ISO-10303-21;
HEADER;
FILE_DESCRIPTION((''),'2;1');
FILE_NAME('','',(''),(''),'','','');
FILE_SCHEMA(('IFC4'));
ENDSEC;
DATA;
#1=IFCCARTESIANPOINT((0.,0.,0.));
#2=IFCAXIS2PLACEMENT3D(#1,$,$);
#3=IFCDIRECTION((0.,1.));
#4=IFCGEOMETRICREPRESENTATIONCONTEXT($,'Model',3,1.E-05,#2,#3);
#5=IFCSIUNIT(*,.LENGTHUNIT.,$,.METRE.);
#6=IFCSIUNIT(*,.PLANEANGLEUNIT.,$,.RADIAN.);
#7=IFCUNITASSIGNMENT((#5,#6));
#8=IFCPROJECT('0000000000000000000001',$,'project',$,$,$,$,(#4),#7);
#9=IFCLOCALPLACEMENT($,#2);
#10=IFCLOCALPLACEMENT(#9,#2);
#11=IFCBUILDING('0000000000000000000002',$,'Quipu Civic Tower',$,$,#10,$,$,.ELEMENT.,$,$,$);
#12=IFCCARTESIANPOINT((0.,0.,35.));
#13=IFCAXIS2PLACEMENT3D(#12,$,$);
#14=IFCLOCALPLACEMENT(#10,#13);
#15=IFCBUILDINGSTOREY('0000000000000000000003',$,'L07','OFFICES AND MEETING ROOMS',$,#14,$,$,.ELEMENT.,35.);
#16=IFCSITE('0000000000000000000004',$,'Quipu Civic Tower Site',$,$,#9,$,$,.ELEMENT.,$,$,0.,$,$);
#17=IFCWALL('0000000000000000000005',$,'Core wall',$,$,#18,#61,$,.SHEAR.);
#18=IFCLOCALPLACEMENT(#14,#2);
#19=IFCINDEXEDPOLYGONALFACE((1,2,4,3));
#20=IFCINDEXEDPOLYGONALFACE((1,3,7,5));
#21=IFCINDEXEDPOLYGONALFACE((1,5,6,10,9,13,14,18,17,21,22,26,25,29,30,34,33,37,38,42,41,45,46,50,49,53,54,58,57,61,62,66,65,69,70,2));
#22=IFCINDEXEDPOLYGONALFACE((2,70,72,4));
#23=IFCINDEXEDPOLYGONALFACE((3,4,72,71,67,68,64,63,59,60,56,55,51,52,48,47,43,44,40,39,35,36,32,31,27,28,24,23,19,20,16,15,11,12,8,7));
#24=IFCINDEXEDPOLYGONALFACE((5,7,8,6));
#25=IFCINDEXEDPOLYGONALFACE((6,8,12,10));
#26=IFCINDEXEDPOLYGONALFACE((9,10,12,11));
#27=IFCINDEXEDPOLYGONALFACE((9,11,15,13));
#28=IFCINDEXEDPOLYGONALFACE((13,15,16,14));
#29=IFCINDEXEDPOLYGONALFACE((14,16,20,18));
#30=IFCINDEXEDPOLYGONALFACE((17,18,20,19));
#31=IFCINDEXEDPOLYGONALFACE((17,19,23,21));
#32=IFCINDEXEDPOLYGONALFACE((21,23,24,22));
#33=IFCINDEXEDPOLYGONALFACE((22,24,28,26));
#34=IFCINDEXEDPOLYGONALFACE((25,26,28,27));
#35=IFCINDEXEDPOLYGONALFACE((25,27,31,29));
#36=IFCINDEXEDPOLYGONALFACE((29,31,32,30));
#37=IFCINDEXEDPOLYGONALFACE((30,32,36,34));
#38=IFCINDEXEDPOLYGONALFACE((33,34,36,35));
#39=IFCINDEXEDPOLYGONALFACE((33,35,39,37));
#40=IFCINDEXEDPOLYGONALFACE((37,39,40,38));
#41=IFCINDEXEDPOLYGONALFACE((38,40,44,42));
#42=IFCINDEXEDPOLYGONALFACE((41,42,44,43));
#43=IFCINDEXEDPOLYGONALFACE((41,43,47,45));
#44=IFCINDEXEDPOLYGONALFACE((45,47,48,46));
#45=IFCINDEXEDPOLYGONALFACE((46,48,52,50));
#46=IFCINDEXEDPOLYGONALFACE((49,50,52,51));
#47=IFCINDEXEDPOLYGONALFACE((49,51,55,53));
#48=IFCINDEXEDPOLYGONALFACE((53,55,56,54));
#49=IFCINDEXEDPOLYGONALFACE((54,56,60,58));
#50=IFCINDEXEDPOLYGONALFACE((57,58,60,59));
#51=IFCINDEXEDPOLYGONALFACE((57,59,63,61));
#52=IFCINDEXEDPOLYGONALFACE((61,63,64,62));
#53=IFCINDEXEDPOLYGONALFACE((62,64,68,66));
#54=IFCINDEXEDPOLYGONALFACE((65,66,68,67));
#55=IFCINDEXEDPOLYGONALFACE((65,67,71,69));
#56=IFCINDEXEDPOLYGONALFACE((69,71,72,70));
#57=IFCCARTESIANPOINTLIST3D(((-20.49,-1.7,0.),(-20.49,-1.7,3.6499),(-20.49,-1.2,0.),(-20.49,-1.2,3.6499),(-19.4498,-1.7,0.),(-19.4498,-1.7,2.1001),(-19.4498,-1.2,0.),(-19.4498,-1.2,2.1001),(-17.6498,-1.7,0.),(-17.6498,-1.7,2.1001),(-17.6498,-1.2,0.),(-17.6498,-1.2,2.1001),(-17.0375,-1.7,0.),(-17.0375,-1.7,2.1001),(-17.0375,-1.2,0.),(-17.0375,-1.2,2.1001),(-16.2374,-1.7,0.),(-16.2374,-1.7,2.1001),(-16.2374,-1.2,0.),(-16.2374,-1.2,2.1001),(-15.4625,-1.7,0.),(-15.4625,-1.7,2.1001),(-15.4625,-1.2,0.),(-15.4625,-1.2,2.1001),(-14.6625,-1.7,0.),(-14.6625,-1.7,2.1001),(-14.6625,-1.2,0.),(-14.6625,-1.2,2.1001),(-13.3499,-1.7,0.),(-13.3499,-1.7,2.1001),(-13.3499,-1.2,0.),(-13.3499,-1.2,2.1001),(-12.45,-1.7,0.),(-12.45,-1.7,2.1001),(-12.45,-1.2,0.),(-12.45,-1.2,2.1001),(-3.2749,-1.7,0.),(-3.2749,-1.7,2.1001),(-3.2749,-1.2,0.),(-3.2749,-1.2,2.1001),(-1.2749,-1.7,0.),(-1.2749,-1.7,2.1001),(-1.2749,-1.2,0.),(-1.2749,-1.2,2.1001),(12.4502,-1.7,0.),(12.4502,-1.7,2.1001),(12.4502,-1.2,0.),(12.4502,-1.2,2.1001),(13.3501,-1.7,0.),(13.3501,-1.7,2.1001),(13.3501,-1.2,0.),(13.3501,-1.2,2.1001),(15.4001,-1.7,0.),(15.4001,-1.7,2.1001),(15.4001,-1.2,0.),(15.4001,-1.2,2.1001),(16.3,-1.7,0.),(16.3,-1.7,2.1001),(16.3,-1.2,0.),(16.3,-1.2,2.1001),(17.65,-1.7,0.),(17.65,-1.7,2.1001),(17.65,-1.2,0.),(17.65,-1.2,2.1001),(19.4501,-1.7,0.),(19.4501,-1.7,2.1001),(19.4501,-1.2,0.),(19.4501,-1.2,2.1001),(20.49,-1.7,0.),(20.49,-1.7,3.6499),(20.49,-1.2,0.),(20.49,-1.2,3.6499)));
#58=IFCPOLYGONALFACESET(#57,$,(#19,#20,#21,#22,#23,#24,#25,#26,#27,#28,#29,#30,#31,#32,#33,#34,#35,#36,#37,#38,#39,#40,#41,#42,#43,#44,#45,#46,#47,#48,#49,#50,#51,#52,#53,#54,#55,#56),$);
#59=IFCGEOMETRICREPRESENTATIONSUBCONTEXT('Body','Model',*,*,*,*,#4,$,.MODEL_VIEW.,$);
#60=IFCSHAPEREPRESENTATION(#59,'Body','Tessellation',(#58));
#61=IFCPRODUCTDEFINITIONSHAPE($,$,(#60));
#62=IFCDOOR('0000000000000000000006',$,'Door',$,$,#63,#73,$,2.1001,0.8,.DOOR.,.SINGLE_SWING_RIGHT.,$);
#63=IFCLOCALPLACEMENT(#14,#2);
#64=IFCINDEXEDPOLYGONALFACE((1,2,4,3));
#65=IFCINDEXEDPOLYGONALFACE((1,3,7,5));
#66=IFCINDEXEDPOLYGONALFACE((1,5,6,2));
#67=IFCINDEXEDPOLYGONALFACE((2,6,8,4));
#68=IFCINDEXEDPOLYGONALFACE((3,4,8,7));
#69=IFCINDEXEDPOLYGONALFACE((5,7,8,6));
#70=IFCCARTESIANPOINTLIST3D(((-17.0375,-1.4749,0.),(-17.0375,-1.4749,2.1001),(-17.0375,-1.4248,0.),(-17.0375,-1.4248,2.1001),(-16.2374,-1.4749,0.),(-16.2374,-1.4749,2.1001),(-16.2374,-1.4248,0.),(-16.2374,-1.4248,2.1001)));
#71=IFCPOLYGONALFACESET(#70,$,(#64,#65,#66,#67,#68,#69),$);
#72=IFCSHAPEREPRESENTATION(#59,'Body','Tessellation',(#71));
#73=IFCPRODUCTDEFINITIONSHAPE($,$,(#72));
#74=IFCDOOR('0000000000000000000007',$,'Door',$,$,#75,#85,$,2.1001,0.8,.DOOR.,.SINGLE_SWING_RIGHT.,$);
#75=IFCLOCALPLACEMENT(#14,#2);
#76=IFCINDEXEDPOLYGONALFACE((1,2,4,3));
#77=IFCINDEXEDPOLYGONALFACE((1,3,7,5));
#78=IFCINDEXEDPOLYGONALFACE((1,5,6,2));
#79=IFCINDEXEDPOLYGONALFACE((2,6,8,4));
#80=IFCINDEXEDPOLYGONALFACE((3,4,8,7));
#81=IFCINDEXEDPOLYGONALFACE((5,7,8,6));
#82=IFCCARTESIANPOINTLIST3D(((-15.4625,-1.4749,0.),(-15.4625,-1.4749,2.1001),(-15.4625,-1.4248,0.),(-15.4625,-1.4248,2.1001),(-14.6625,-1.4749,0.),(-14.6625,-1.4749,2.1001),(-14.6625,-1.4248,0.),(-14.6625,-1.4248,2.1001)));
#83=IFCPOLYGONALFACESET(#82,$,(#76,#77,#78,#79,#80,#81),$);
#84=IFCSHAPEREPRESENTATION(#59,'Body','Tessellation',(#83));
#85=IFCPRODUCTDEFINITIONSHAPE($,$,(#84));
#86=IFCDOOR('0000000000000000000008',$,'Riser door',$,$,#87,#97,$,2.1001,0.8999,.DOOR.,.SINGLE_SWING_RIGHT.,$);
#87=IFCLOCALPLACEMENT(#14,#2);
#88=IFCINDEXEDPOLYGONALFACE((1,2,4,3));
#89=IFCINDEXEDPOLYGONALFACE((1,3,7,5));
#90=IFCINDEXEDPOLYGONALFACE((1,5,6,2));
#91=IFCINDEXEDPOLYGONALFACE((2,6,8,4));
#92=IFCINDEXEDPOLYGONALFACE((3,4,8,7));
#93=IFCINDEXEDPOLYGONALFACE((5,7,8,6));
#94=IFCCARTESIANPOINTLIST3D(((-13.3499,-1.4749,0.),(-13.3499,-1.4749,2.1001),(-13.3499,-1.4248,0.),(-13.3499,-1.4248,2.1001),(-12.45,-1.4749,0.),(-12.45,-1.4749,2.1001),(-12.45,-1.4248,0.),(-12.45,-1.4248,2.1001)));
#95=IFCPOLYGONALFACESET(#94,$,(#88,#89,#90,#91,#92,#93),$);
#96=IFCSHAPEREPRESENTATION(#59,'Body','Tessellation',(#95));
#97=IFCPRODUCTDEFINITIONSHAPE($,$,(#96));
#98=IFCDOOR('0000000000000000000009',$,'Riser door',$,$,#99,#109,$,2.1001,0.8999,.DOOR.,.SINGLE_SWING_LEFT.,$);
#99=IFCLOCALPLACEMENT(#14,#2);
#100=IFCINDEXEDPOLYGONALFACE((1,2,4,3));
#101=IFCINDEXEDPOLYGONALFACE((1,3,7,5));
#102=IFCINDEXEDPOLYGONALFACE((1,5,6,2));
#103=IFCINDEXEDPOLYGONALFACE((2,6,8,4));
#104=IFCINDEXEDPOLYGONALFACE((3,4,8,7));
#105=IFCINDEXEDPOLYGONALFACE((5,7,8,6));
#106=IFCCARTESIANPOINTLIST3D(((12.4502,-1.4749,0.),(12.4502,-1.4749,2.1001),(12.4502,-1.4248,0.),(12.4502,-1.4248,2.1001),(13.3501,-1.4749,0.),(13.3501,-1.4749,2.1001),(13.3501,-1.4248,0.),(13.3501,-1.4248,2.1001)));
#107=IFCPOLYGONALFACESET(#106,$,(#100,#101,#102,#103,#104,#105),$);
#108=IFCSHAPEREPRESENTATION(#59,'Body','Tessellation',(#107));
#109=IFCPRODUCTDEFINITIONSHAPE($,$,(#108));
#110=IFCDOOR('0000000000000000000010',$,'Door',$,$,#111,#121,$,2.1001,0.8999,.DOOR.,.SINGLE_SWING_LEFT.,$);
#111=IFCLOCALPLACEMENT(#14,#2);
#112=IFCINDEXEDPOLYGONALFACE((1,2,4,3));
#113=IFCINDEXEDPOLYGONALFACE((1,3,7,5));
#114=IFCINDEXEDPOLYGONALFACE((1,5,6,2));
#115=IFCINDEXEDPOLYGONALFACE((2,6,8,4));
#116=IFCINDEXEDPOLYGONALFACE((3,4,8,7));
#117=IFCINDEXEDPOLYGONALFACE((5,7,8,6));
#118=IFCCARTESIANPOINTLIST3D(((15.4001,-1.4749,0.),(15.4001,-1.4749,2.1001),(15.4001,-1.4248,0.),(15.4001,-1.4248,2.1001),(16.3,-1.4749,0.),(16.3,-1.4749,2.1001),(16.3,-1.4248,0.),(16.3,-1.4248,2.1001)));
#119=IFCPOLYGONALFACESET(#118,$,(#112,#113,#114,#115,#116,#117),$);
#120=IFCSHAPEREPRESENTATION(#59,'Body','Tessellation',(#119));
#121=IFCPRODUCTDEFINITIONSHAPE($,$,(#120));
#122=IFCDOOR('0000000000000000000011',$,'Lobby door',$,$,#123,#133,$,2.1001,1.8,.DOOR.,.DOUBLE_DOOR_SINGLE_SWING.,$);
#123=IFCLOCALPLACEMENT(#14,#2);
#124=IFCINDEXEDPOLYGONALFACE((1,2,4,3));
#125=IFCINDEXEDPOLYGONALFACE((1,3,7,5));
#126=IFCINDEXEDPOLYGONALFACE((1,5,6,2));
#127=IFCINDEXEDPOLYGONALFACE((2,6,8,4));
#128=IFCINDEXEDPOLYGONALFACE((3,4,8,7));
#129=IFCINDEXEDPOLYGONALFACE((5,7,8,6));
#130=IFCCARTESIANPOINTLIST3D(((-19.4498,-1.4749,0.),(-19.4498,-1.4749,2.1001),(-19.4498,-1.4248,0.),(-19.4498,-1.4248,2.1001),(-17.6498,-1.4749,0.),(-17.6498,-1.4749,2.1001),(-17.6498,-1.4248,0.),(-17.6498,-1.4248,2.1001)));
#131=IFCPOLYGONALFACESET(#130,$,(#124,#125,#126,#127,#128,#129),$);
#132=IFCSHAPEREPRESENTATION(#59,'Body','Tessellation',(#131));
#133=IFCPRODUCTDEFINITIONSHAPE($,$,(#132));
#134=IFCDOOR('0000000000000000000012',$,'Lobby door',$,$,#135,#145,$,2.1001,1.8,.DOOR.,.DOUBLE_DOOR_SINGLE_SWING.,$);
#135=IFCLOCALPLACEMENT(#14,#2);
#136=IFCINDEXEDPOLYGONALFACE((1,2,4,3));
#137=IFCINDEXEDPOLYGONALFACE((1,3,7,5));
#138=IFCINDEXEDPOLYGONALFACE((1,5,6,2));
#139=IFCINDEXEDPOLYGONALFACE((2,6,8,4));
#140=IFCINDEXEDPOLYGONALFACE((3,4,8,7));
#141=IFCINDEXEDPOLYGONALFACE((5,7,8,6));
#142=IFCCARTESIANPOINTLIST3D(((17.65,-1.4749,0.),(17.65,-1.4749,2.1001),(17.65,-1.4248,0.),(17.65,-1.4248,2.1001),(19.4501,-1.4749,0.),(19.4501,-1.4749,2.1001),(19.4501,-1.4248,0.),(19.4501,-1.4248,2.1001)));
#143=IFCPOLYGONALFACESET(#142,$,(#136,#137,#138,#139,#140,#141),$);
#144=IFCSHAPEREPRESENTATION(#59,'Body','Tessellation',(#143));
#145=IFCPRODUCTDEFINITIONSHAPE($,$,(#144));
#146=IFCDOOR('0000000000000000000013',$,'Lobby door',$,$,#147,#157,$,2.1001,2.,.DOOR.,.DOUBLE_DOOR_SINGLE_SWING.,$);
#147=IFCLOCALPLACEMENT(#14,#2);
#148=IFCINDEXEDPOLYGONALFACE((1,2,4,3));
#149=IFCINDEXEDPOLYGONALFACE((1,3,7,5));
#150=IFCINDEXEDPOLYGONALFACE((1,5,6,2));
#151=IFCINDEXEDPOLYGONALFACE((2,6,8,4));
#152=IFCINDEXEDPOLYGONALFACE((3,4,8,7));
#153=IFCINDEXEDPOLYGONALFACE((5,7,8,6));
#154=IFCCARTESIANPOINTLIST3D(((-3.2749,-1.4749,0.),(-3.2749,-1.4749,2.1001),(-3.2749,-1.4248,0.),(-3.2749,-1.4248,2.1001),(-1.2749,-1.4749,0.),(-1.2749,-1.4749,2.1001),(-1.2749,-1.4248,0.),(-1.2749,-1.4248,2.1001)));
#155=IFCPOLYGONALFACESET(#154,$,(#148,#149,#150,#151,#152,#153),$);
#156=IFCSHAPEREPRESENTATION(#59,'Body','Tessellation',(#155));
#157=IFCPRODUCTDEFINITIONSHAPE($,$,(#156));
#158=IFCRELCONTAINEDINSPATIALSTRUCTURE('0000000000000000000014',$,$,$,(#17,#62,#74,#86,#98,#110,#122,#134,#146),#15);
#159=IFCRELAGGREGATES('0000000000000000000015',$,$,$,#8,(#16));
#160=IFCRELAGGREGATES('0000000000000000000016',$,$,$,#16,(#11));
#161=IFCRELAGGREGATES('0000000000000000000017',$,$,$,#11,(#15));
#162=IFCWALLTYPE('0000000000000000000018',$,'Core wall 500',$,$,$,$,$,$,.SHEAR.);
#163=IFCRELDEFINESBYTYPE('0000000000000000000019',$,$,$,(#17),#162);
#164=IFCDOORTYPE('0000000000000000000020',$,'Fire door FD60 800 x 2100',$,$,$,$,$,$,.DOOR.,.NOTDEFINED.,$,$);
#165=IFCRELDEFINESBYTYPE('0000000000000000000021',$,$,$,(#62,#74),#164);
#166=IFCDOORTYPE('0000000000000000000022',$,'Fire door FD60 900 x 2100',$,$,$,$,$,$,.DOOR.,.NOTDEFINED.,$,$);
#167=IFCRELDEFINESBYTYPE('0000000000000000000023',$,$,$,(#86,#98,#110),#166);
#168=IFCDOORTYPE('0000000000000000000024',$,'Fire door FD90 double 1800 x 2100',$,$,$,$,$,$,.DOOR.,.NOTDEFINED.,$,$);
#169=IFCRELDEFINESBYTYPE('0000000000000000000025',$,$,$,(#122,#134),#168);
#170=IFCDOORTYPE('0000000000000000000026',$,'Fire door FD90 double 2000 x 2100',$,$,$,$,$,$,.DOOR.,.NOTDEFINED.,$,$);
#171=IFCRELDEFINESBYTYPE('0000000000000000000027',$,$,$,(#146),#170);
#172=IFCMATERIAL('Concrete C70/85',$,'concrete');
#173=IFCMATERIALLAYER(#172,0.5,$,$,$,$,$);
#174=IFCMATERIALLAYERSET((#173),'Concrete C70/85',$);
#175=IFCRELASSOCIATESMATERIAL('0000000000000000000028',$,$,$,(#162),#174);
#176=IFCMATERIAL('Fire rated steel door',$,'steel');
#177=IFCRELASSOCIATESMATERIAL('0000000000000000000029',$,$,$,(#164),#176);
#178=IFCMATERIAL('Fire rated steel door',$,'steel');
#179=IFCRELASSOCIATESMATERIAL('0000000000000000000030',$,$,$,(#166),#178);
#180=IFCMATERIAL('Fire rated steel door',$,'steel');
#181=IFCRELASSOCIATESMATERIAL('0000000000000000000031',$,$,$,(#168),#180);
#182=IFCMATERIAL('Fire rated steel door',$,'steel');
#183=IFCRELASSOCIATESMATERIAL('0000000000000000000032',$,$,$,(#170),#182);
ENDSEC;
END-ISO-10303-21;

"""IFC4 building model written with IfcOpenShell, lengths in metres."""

from ifc_helpers import new_model, si_unit, direction, frame, frame_2d, origin, place, context, subcontext, project, spatial, rectangle, extrude, material, layer, layer_set, type_object, element, fill, save


model = new_model("IFC4")

# Units and contexts
model_context = context("Model", 3, precision=1e-05, world=origin(), true_north=direction((0.0, 1.0)))
body_context = subcontext(model_context, "Body", "Model", "MODEL_VIEW")
ifc_project = project(units=[si_unit("LENGTHUNIT", "METRE"), si_unit("PLANEANGLEUNIT", "RADIAN")], contexts=[model_context])

# Site, building, storey
site_placement = place(None, origin())
site = spatial("IfcSite", under=ifc_project, at=site_placement, Name="Quipu Civic Tower Site", CompositionType="ELEMENT", RefElevation=0.0)
building_placement = place(site_placement, origin())
building = spatial("IfcBuilding", under=site, at=building_placement, Name="Quipu Civic Tower", CompositionType="ELEMENT")
storey_placement = place(building_placement, frame((0.0, 0.0, 35.0)))
storey = spatial("IfcBuildingStorey", under=building, at=storey_placement, Name="L07", Description="OFFICES AND MEETING ROOMS", CompositionType="ELEMENT", Elevation=35.0)

# Wall, openings, doors
ifc_material_1 = material(Name="Concrete C70/85", Category="concrete")
ifc_layer_1 = layer(ifc_material_1, 0.5)
ifc_layer_set_1 = layer_set([ifc_layer_1], Name="Concrete C70/85")
wall_type_1 = type_object("IfcWallType", Name="Core wall 500", PredefinedType="SHEAR", material=ifc_layer_set_1)
wall_1_placement = place(storey_placement, frame((20.49, -1.45, 0.0), z_axis=(0.0, 0.0, 1.0), x_axis=(-1.0, 0.0, 0.0)))
wall_1 = element("IfcWall", 1, at=wall_1_placement, inside=storey, type_object=wall_type_1, Name="Core wall", PredefinedType="SHEAR", context=body_context, shape_type="SweptSolid", body=[
    extrude(rectangle(XDim=40.98, YDim=0.5, at=frame_2d((20.49, 0.0))), origin(), (0.0, 0.0, 1.0), 3.6499),
])
opening_1_placement = place(wall_1_placement, frame((38.1399, 0.0, 0.0)))
opening_1 = element("IfcOpeningElement", 2, at=opening_1_placement, cuts=wall_1, PredefinedType="OPENING", context=body_context, shape_type="SweptSolid", body=[
    extrude(rectangle(XDim=1.8, YDim=2.1001, at=frame_2d((0.8999, 1.05))), frame((0.0, 0.26, 0.0), z_axis=(0.0, -1.0, 0.0), x_axis=(1.0, 0.0, 0.0)), (0.0, 0.0, 1.0), 0.52),
])
opening_2_placement = place(wall_1_placement, frame((36.7275, 0.0, 0.0)))
opening_2 = element("IfcOpeningElement", 3, at=opening_2_placement, cuts=wall_1, PredefinedType="OPENING", context=body_context, shape_type="SweptSolid", body=[
    extrude(rectangle(XDim=0.8, YDim=2.1001, at=frame_2d((0.3999, 1.05))), frame((0.0, 0.26, 0.0), z_axis=(0.0, -1.0, 0.0), x_axis=(1.0, 0.0, 0.0)), (0.0, 0.0, 1.0), 0.52),
])
opening_3_placement = place(wall_1_placement, frame((35.1526, 0.0, 0.0)))
opening_3 = element("IfcOpeningElement", 4, at=opening_3_placement, cuts=wall_1, PredefinedType="OPENING", context=body_context, shape_type="SweptSolid", body=[
    extrude(rectangle(XDim=0.8, YDim=2.1001, at=frame_2d((0.3999, 1.05))), frame((0.0, 0.26, 0.0), z_axis=(0.0, -1.0, 0.0), x_axis=(1.0, 0.0, 0.0)), (0.0, 0.0, 1.0), 0.52),
])
opening_4_placement = place(wall_1_placement, frame((32.9399, 0.0, 0.0)))
opening_4 = element("IfcOpeningElement", 5, at=opening_4_placement, cuts=wall_1, PredefinedType="OPENING", context=body_context, shape_type="SweptSolid", body=[
    extrude(rectangle(XDim=0.8999, YDim=2.1001, at=frame_2d((0.45, 1.05))), frame((0.0, 0.26, 0.0), z_axis=(0.0, -1.0, 0.0), x_axis=(1.0, 0.0, 0.0)), (0.0, 0.0, 1.0), 0.52),
])
opening_5_placement = place(wall_1_placement, frame((21.7649, 0.0, 0.0)))
opening_5 = element("IfcOpeningElement", 6, at=opening_5_placement, cuts=wall_1, PredefinedType="OPENING", context=body_context, shape_type="SweptSolid", body=[
    extrude(rectangle(XDim=2.0, YDim=2.1001, at=frame_2d((1.0, 1.05))), frame((0.0, 0.26, 0.0), z_axis=(0.0, -1.0, 0.0), x_axis=(1.0, 0.0, 0.0)), (0.0, 0.0, 1.0), 0.52),
])
opening_6_placement = place(wall_1_placement, frame((7.1399, 0.0, 0.0)))
opening_6 = element("IfcOpeningElement", 7, at=opening_6_placement, cuts=wall_1, PredefinedType="OPENING", context=body_context, shape_type="SweptSolid", body=[
    extrude(rectangle(XDim=0.8999, YDim=2.1001, at=frame_2d((0.45, 1.05))), frame((0.0, 0.26, 0.0), z_axis=(0.0, -1.0, 0.0), x_axis=(1.0, 0.0, 0.0)), (0.0, 0.0, 1.0), 0.52),
])
opening_7_placement = place(wall_1_placement, frame((4.1899, 0.0, 0.0)))
opening_7 = element("IfcOpeningElement", 8, at=opening_7_placement, cuts=wall_1, PredefinedType="OPENING", context=body_context, shape_type="SweptSolid", body=[
    extrude(rectangle(XDim=0.8999, YDim=2.1001, at=frame_2d((0.45, 1.05))), frame((0.0, 0.26, 0.0), z_axis=(0.0, -1.0, 0.0), x_axis=(1.0, 0.0, 0.0)), (0.0, 0.0, 1.0), 0.52),
])
opening_8_placement = place(wall_1_placement, frame((1.04, 0.0, 0.0)))
opening_8 = element("IfcOpeningElement", 9, at=opening_8_placement, cuts=wall_1, PredefinedType="OPENING", context=body_context, shape_type="SweptSolid", body=[
    extrude(rectangle(XDim=1.8, YDim=2.1001, at=frame_2d((0.8999, 1.05))), frame((0.0, 0.26, 0.0), z_axis=(0.0, -1.0, 0.0), x_axis=(1.0, 0.0, 0.0)), (0.0, 0.0, 1.0), 0.52),
])
ifc_material_2 = material(Name="Fire rated steel door", Category="steel")
door_type_1 = type_object("IfcDoorType", Name="Fire door FD60 800 x 2100", OperationType="NOTDEFINED", PredefinedType="DOOR", material=ifc_material_2)
door_1_placement = place(opening_2_placement, origin())
door_1 = element("IfcDoor", 10, at=door_1_placement, inside=storey, type_object=door_type_1, Name="Door", OperationType="SINGLE_SWING_RIGHT", OverallHeight=2.1001, OverallWidth=0.8, PredefinedType="DOOR", context=body_context, shape_type="SweptSolid", body=[
    extrude(rectangle(XDim=0.8, YDim=2.1001, at=frame_2d((0.3999, 1.05))), frame((0.0, 0.0249, 0.0), z_axis=(0.0, -1.0, 0.0), x_axis=(1.0, 0.0, 0.0)), (0.0, 0.0, 1.0), 0.05),
])
fill(opening_2, door_1)
door_2_placement = place(opening_3_placement, origin())
door_2 = element("IfcDoor", 11, at=door_2_placement, inside=storey, type_object=door_type_1, Name="Door", OperationType="SINGLE_SWING_RIGHT", OverallHeight=2.1001, OverallWidth=0.8, PredefinedType="DOOR", context=body_context, shape_type="SweptSolid", body=[
    extrude(rectangle(XDim=0.8, YDim=2.1001, at=frame_2d((0.3999, 1.05))), frame((0.0, 0.0249, 0.0), z_axis=(0.0, -1.0, 0.0), x_axis=(1.0, 0.0, 0.0)), (0.0, 0.0, 1.0), 0.05),
])
fill(opening_3, door_2)
ifc_material_3 = material(Name="Fire rated steel door", Category="steel")
door_type_2 = type_object("IfcDoorType", Name="Fire door FD60 900 x 2100", OperationType="NOTDEFINED", PredefinedType="DOOR", material=ifc_material_3)
door_3_placement = place(opening_4_placement, origin())
door_3 = element("IfcDoor", 12, at=door_3_placement, inside=storey, type_object=door_type_2, Name="Riser door", OperationType="SINGLE_SWING_RIGHT", OverallHeight=2.1001, OverallWidth=0.8999, PredefinedType="DOOR", context=body_context, shape_type="SweptSolid", body=[
    extrude(rectangle(XDim=0.8999, YDim=2.1001, at=frame_2d((0.45, 1.05))), frame((0.0, 0.0249, 0.0), z_axis=(0.0, -1.0, 0.0), x_axis=(1.0, 0.0, 0.0)), (0.0, 0.0, 1.0), 0.05),
])
fill(opening_4, door_3)
door_4_placement = place(opening_6_placement, origin())
door_4 = element("IfcDoor", 13, at=door_4_placement, inside=storey, type_object=door_type_2, Name="Riser door", OperationType="SINGLE_SWING_LEFT", OverallHeight=2.1001, OverallWidth=0.8999, PredefinedType="DOOR", context=body_context, shape_type="SweptSolid", body=[
    extrude(rectangle(XDim=0.8999, YDim=2.1001, at=frame_2d((0.45, 1.05))), frame((0.0, 0.0249, 0.0), z_axis=(0.0, -1.0, 0.0), x_axis=(1.0, 0.0, 0.0)), (0.0, 0.0, 1.0), 0.05),
])
fill(opening_6, door_4)
door_5_placement = place(opening_7_placement, origin())
door_5 = element("IfcDoor", 14, at=door_5_placement, inside=storey, type_object=door_type_2, Name="Door", OperationType="SINGLE_SWING_LEFT", OverallHeight=2.1001, OverallWidth=0.8999, PredefinedType="DOOR", context=body_context, shape_type="SweptSolid", body=[
    extrude(rectangle(XDim=0.8999, YDim=2.1001, at=frame_2d((0.45, 1.05))), frame((0.0, 0.0249, 0.0), z_axis=(0.0, -1.0, 0.0), x_axis=(1.0, 0.0, 0.0)), (0.0, 0.0, 1.0), 0.05),
])
fill(opening_7, door_5)
ifc_material_4 = material(Name="Fire rated steel door", Category="steel")
door_type_3 = type_object("IfcDoorType", Name="Fire door FD90 double 1800 x 2100", OperationType="NOTDEFINED", PredefinedType="DOOR", material=ifc_material_4)
door_6_placement = place(opening_1_placement, origin())
door_6 = element("IfcDoor", 15, at=door_6_placement, inside=storey, type_object=door_type_3, Name="Lobby door", OperationType="DOUBLE_DOOR_SINGLE_SWING", OverallHeight=2.1001, OverallWidth=1.8, PredefinedType="DOOR", context=body_context, shape_type="SweptSolid", body=[
    extrude(rectangle(XDim=1.8, YDim=2.1001, at=frame_2d((0.8999, 1.05))), frame((0.0, 0.0249, 0.0), z_axis=(0.0, -1.0, 0.0), x_axis=(1.0, 0.0, 0.0)), (0.0, 0.0, 1.0), 0.05),
])
fill(opening_1, door_6)
door_7_placement = place(opening_8_placement, origin())
door_7 = element("IfcDoor", 16, at=door_7_placement, inside=storey, type_object=door_type_3, Name="Lobby door", OperationType="DOUBLE_DOOR_SINGLE_SWING", OverallHeight=2.1001, OverallWidth=1.8, PredefinedType="DOOR", context=body_context, shape_type="SweptSolid", body=[
    extrude(rectangle(XDim=1.8, YDim=2.1001, at=frame_2d((0.8999, 1.05))), frame((0.0, 0.0249, 0.0), z_axis=(0.0, -1.0, 0.0), x_axis=(1.0, 0.0, 0.0)), (0.0, 0.0, 1.0), 0.05),
])
fill(opening_8, door_7)
ifc_material_5 = material(Name="Fire rated steel door", Category="steel")
door_type_4 = type_object("IfcDoorType", Name="Fire door FD90 double 2000 x 2100", OperationType="NOTDEFINED", PredefinedType="DOOR", material=ifc_material_5)
door_8_placement = place(opening_5_placement, origin())
door_8 = element("IfcDoor", 17, at=door_8_placement, inside=storey, type_object=door_type_4, Name="Lobby door", OperationType="DOUBLE_DOOR_SINGLE_SWING", OverallHeight=2.1001, OverallWidth=2.0, PredefinedType="DOOR", context=body_context, shape_type="SweptSolid", body=[
    extrude(rectangle(XDim=2.0, YDim=2.1001, at=frame_2d((1.0, 1.05))), frame((0.0, 0.0249, 0.0), z_axis=(0.0, -1.0, 0.0), x_axis=(1.0, 0.0, 0.0)), (0.0, 0.0, 1.0), 0.05),
])
fill(opening_5, door_8)

save(model, "model.ifc")
